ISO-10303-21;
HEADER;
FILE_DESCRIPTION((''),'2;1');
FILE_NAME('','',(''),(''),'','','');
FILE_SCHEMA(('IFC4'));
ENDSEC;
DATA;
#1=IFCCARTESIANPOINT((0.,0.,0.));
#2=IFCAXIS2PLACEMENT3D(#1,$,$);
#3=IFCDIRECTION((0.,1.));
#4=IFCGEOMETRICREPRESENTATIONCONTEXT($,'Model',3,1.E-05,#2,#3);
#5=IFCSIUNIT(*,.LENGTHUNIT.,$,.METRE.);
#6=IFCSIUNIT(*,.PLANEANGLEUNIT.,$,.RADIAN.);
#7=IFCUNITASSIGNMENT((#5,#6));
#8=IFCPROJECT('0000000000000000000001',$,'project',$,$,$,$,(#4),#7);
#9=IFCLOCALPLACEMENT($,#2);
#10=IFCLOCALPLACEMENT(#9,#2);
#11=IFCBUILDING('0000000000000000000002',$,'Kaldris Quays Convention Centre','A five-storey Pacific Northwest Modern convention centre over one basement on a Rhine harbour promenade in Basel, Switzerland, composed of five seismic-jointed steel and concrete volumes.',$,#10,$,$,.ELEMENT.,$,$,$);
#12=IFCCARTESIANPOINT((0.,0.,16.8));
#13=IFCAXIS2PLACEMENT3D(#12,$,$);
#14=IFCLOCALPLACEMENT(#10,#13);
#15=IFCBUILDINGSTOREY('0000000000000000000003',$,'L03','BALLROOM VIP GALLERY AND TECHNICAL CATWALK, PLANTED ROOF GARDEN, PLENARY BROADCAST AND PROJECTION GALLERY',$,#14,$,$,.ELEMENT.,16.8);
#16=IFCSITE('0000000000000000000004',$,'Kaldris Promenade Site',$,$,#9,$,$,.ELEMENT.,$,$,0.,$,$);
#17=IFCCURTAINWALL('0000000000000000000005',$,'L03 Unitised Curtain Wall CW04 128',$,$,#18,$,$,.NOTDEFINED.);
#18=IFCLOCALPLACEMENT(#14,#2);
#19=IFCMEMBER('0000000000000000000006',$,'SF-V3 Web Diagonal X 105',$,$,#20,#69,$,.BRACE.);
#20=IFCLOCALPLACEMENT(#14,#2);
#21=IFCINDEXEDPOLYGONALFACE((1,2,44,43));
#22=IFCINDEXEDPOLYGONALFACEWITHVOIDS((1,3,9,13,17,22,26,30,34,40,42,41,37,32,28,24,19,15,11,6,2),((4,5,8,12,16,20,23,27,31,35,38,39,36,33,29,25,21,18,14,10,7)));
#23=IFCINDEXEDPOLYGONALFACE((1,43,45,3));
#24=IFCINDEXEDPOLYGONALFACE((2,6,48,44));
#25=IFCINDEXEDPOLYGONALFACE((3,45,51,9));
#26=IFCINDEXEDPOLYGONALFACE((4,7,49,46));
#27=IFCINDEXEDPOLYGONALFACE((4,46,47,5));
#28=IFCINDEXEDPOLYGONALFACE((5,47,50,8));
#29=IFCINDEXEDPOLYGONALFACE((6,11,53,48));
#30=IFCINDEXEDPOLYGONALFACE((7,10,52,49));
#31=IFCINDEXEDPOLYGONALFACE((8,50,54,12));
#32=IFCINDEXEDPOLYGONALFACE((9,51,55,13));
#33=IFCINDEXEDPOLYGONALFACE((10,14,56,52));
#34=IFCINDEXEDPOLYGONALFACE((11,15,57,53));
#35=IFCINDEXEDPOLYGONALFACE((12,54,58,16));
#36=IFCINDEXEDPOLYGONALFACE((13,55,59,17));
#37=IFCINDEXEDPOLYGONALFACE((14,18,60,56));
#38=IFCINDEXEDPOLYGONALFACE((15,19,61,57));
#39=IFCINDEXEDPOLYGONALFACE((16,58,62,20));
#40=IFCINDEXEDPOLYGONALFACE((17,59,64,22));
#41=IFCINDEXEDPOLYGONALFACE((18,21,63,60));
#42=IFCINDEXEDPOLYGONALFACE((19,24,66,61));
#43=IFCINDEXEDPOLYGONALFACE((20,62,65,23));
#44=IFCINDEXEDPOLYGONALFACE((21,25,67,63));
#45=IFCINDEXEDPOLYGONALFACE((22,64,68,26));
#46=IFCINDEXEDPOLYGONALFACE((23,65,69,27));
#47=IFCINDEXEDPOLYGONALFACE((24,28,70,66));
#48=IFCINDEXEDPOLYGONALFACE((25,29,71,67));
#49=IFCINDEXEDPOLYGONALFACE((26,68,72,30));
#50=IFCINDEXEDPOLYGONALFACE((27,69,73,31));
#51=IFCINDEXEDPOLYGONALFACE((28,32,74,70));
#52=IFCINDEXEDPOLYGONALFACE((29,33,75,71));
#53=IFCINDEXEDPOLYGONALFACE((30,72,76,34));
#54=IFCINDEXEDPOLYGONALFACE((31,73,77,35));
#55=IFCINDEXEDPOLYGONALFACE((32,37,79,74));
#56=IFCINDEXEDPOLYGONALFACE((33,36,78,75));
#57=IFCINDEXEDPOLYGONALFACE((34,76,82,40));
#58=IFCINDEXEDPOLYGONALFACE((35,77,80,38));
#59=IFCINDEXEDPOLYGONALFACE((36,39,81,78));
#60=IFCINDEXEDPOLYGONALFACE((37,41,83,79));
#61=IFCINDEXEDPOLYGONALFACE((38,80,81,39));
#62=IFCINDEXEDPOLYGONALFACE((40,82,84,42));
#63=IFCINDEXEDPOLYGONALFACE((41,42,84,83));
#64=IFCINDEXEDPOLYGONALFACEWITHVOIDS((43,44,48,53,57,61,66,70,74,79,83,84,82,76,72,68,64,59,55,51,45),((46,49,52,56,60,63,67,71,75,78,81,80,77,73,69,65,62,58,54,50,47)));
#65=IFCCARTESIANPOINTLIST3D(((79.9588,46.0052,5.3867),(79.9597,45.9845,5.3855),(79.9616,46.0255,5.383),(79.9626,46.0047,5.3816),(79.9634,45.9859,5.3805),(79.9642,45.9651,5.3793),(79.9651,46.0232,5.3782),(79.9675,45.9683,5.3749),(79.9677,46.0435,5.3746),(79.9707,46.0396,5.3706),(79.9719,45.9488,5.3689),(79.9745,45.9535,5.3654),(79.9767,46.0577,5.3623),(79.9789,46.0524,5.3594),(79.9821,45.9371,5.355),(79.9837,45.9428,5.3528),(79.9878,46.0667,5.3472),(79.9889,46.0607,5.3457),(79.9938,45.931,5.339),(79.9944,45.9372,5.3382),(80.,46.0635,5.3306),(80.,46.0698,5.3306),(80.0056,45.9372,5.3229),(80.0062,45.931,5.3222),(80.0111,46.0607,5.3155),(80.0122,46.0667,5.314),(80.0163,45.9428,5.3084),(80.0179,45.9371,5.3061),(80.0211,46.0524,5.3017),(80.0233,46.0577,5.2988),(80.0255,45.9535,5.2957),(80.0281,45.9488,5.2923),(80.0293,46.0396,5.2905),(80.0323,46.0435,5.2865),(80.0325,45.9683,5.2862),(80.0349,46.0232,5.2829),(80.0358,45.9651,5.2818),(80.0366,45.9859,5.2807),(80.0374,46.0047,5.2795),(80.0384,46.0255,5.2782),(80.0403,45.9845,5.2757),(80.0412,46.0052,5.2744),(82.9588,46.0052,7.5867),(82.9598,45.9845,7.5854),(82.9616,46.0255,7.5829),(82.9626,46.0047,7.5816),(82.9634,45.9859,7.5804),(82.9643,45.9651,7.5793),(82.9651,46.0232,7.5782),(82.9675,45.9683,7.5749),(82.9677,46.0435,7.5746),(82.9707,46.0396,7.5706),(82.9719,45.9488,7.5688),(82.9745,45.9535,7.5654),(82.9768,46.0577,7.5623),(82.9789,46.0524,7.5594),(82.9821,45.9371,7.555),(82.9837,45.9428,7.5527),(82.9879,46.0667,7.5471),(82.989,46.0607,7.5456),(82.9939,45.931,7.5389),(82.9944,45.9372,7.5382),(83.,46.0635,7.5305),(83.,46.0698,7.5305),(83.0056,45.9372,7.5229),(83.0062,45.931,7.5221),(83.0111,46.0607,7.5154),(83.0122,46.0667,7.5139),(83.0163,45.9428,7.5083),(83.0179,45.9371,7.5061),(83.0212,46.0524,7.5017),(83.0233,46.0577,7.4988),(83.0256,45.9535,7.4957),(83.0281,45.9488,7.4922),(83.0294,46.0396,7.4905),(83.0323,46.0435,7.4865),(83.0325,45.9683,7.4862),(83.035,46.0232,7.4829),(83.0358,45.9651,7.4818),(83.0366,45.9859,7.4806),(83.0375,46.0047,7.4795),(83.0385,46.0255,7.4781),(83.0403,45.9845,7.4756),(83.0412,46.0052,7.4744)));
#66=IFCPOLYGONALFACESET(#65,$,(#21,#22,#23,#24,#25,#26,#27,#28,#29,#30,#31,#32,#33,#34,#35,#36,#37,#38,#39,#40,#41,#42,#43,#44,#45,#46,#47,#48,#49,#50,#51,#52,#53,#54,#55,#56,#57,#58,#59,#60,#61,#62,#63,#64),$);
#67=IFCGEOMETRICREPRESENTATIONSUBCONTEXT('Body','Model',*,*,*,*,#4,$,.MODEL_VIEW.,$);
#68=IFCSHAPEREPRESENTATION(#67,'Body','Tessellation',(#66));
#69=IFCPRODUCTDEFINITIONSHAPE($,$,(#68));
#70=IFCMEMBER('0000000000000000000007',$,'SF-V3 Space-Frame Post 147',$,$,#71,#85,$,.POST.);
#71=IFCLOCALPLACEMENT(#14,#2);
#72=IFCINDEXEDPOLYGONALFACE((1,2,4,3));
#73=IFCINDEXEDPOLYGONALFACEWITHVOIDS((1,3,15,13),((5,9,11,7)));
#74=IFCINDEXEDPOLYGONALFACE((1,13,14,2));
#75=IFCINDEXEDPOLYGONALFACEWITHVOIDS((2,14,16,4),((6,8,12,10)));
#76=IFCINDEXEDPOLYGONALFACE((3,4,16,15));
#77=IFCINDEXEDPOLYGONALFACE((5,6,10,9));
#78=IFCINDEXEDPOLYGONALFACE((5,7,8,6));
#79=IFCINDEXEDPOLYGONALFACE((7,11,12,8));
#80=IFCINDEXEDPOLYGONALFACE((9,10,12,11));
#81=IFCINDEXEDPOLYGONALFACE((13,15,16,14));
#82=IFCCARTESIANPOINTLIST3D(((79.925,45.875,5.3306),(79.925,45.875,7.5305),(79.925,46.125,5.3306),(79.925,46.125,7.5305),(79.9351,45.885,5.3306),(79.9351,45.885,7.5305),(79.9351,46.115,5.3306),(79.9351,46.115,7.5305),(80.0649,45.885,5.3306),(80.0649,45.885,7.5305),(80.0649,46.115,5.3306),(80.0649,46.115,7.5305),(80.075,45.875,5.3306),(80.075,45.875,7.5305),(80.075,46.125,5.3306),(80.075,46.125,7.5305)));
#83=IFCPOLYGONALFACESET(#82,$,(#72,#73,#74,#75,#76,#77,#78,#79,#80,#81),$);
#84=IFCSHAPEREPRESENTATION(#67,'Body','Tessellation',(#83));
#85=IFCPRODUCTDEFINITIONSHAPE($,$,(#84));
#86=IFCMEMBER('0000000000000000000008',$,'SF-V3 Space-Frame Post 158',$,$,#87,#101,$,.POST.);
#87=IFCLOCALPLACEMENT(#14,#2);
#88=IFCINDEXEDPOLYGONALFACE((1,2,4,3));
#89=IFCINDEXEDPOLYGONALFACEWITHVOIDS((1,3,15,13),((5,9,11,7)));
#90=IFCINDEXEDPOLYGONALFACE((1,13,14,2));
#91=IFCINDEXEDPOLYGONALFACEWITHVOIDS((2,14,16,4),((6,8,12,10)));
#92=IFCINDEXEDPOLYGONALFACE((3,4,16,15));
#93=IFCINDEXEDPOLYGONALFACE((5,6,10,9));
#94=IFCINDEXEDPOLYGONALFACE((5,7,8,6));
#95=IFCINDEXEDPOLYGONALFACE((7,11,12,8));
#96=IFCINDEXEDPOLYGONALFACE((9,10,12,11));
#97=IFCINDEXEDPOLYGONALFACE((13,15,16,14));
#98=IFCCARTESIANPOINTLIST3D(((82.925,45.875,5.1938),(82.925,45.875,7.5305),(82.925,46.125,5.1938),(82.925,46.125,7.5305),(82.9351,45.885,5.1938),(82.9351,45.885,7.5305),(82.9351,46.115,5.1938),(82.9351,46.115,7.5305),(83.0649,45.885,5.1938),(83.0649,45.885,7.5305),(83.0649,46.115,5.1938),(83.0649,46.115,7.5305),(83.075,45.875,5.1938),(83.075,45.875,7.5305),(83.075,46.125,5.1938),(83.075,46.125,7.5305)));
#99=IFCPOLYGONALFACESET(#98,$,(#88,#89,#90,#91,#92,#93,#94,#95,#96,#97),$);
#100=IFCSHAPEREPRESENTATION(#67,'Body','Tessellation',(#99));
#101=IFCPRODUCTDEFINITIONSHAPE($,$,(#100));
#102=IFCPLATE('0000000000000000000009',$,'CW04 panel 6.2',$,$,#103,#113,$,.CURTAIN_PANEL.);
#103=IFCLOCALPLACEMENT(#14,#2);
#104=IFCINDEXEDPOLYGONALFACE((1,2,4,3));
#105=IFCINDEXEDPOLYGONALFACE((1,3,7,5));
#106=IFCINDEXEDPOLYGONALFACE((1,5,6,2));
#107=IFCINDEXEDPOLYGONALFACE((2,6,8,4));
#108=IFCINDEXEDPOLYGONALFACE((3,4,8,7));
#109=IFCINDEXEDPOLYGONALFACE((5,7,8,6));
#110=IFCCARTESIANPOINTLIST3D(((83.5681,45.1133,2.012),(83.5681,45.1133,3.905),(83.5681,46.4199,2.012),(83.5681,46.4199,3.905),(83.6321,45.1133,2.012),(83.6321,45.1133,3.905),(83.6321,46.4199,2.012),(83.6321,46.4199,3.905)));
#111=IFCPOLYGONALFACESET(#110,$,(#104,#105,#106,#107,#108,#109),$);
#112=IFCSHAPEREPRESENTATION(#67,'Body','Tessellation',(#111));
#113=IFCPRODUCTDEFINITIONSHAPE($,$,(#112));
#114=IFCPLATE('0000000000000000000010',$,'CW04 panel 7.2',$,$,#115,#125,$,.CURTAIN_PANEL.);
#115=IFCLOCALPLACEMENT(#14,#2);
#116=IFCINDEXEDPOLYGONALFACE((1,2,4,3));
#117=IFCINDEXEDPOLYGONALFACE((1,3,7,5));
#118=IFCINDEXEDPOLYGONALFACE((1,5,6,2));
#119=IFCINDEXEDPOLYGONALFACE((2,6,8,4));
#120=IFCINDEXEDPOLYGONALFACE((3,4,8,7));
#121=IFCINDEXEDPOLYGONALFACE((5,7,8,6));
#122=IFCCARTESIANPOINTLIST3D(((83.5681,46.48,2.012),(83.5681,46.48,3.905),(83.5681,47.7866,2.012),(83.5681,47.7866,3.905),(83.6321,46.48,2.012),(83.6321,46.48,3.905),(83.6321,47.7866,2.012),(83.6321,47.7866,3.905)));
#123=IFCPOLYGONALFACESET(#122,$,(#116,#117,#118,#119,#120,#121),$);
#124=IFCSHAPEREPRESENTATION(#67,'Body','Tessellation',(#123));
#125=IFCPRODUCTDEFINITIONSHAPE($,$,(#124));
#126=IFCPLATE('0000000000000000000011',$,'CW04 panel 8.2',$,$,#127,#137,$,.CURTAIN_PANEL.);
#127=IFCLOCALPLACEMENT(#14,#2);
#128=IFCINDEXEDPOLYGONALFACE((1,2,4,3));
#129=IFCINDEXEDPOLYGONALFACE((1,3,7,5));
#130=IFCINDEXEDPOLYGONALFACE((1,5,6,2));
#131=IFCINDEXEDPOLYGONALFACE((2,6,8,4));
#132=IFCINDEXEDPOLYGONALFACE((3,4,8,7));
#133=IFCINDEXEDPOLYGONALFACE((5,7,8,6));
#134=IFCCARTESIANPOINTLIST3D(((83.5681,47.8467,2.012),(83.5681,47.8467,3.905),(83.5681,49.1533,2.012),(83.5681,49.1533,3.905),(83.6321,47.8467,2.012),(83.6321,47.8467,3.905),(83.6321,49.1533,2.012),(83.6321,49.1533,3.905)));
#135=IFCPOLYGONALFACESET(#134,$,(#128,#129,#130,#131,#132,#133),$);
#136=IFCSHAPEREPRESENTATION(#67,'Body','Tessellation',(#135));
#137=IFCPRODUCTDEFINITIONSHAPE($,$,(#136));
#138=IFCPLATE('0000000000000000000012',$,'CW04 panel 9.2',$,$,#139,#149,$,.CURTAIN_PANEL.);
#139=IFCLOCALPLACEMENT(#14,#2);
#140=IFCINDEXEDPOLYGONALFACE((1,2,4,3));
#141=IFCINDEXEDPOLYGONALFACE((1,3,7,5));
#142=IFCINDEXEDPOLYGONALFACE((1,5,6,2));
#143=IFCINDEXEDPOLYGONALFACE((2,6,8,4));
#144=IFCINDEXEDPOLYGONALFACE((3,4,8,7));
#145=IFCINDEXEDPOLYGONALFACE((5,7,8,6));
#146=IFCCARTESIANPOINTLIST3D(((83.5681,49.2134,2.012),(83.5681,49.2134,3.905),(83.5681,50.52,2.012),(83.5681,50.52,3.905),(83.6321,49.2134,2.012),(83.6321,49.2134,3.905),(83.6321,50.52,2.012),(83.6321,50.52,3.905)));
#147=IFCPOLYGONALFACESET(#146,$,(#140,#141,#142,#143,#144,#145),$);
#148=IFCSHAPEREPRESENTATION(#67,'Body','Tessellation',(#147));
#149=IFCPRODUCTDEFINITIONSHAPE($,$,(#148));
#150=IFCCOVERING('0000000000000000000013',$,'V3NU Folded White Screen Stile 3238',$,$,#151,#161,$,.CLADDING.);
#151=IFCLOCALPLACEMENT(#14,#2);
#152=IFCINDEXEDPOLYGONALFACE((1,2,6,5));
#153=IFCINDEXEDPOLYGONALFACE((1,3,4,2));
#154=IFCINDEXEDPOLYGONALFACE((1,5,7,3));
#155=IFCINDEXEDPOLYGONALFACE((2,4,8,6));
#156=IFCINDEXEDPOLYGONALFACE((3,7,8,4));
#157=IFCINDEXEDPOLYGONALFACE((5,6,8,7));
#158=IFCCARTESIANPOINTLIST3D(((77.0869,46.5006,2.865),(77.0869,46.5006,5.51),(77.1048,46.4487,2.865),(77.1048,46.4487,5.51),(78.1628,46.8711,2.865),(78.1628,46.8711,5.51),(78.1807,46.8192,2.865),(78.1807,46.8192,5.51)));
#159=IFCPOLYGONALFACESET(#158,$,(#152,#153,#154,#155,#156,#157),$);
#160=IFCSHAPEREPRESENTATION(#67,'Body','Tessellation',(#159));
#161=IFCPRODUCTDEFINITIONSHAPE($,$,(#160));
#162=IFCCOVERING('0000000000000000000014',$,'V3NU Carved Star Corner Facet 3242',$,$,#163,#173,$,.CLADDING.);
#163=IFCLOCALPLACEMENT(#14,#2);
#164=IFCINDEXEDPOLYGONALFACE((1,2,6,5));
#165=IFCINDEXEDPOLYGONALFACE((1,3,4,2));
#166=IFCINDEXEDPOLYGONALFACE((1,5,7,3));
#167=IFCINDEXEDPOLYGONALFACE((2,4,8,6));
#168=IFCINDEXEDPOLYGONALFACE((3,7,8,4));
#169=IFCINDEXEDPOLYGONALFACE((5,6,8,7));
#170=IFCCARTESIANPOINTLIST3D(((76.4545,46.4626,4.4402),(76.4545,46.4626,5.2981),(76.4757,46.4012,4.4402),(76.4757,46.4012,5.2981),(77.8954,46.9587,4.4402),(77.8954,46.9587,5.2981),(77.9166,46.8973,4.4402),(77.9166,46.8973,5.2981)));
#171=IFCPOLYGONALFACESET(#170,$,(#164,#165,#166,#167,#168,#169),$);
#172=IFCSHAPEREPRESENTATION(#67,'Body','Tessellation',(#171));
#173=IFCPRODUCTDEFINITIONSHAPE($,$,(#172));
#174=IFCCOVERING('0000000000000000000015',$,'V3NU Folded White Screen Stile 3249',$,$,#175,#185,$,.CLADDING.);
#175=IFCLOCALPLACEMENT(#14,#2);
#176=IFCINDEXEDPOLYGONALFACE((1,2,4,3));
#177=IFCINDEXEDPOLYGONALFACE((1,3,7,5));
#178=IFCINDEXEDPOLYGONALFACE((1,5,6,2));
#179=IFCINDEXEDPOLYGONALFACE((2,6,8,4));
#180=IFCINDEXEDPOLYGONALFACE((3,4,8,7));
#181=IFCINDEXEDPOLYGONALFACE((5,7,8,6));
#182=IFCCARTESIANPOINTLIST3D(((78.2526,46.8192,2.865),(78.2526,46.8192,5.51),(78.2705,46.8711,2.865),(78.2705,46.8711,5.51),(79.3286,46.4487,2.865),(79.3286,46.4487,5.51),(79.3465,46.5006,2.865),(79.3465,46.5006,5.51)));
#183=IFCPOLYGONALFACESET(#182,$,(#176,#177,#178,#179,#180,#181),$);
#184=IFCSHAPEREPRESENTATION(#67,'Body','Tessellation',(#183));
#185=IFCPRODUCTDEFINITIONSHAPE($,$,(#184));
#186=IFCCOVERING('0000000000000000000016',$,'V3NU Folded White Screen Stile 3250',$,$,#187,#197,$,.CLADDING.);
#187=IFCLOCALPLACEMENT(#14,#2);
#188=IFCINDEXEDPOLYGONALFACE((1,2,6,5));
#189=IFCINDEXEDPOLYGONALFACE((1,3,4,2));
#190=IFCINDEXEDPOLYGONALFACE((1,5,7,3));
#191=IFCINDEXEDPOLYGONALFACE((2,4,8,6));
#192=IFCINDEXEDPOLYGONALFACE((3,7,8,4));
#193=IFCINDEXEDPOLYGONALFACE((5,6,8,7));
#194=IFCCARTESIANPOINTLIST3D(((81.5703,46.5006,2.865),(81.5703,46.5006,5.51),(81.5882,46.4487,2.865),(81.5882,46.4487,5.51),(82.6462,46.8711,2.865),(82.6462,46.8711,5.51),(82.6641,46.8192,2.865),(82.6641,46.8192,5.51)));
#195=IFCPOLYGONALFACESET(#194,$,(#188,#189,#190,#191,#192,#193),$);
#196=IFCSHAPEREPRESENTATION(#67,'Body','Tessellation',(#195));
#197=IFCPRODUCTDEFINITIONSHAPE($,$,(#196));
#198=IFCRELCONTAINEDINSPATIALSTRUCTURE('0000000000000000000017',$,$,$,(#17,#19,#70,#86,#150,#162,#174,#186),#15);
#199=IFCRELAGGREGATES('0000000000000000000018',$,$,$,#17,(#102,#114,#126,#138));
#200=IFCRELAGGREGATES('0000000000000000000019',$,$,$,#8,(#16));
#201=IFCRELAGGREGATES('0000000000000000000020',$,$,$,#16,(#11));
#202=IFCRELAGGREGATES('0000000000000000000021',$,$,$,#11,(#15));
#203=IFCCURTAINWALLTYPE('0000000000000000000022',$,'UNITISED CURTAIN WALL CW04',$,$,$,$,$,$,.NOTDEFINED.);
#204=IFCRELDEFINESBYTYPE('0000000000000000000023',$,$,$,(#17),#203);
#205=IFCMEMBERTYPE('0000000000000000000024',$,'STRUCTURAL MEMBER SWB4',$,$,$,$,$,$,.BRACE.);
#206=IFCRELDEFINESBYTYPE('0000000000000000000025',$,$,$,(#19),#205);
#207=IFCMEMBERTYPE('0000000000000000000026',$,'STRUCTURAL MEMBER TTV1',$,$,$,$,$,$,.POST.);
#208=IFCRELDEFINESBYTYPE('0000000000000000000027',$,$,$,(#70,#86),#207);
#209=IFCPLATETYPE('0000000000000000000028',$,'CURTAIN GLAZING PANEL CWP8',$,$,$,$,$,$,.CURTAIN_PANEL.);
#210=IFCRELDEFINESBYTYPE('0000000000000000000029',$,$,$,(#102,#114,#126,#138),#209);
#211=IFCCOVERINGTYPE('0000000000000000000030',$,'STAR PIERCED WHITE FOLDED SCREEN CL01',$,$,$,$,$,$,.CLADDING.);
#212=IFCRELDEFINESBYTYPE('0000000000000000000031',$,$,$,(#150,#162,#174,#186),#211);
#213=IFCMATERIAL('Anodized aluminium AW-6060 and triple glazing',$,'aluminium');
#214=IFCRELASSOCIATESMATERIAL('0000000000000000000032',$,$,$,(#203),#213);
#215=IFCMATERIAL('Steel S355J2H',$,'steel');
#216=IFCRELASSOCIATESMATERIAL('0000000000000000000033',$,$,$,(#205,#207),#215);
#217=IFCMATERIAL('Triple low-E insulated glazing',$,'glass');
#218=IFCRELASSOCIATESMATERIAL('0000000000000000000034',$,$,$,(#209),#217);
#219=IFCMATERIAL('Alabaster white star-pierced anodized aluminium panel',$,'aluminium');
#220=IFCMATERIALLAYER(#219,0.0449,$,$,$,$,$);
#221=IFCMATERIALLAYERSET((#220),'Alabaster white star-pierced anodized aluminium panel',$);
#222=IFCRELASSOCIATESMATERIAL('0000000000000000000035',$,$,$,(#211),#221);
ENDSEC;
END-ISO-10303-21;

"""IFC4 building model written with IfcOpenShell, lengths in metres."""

from ifc_helpers import new_model, si_unit, direction, frame, origin, origin_2d, place, context, subcontext, project, spatial, rectangle, hollow_rectangle, hollow_circle, extrude, material, layer, layer_set, material_profile, profile_set, type_object, element, aggregate, save


model = new_model("IFC4")

# Units and contexts
model_context = context("Model", 3, precision=1e-05, world=origin(), true_north=direction((0.0, 1.0)))
body_context = subcontext(model_context, "Body", "Model", "MODEL_VIEW")
ifc_project = project(units=[si_unit("LENGTHUNIT", "METRE"), si_unit("PLANEANGLEUNIT", "RADIAN")], contexts=[model_context])

# Site, building, storey
site_placement = place(None, origin())
site = spatial("IfcSite", under=ifc_project, at=site_placement, Name="Kaldris Promenade Site", CompositionType="ELEMENT", RefElevation=0.0)
building_placement = place(site_placement, origin())
building = spatial("IfcBuilding", under=site, at=building_placement, Name="Kaldris Quays Convention Centre", Description="A five-storey Pacific Northwest Modern convention centre over one basement on a Rhine harbour promenade in Basel, Switzerland, composed of five seismic-jointed steel and concrete volumes.", CompositionType="ELEMENT")
storey_placement = place(building_placement, frame((0.0, 0.0, 16.8)))
storey = spatial("IfcBuildingStorey", under=building, at=storey_placement, Name="L03", Description="BALLROOM VIP GALLERY AND TECHNICAL CATWALK, PLANTED ROOF GARDEN, PLENARY BROADCAST AND PROJECTION GALLERY", CompositionType="ELEMENT", Elevation=16.8)

# Curtain wall
ifc_material_1 = material(Name="Anodized aluminium AW-6060 and triple glazing", Category="aluminium")
curtain_wall_type = type_object("IfcCurtainWallType", Name="UNITISED CURTAIN WALL CW04", PredefinedType="NOTDEFINED", material=ifc_material_1)
curtain_wall_placement = place(storey_placement, origin())
curtain_wall = element("IfcCurtainWall", 1, at=curtain_wall_placement, inside=storey, type_object=curtain_wall_type, Name="L03 Unitised Curtain Wall CW04 128", PredefinedType="NOTDEFINED")

# Members
ifc_material_2 = material(Name="Steel S355J2H", Category="steel")
ifc_material_profile_1 = material_profile(ifc_material_2, hollow_circle(Radius=0.0698, WallThickness=0.0063, at=origin_2d()), Name="CHS 139.7x6.3")
ifc_profile_set_1 = profile_set([ifc_material_profile_1], Name="Steel S355J2H")
member_type_1 = type_object("IfcMemberType", Name="STRUCTURAL MEMBER SWB4", PredefinedType="BRACE", material=ifc_profile_set_1)
member_1_placement = place(storey_placement, frame((80.0, 46.0, 5.3306), z_axis=(0.806411, 0.0, 0.591355), x_axis=(0.0, 1.0, 0.0)))
element("IfcMember", 2, at=member_1_placement, inside=storey, type_object=member_type_1, Name="SF-V3 Web Diagonal X 105", PredefinedType="BRACE", context=body_context, shape_type="SweptSolid", body=[
    extrude(hollow_circle(Radius=0.0698, WallThickness=0.0063, at=origin_2d()), origin(), (0.0, 0.0, 1.0), 3.7202),
])
ifc_material_profile_2 = material_profile(ifc_material_2, hollow_rectangle(XDim=0.1499, YDim=0.25, WallThickness=0.01, at=origin_2d()), Name="RHS 250x150x10")
ifc_profile_set_2 = profile_set([ifc_material_profile_2], Name="Steel S355J2H")
member_type_2 = type_object("IfcMemberType", Name="STRUCTURAL MEMBER TTV1", PredefinedType="POST", material=ifc_profile_set_2)
member_2_placement = place(storey_placement, frame((80.0, 46.0, 5.3306), z_axis=(0.0, 0.0, 1.0), x_axis=(1.0, 0.0, 0.0)))
element("IfcMember", 3, at=member_2_placement, inside=storey, type_object=member_type_2, Name="SF-V3 Space-Frame Post 147", PredefinedType="POST", context=body_context, shape_type="SweptSolid", body=[
    extrude(hollow_rectangle(XDim=0.1499, YDim=0.25, WallThickness=0.01, at=origin_2d()), origin(), (0.0, 0.0, 1.0), 2.2),
])
member_3_placement = place(storey_placement, frame((83.0, 46.0, 5.1938), z_axis=(0.0, 0.0, 1.0), x_axis=(1.0, 0.0, 0.0)))
element("IfcMember", 4, at=member_3_placement, inside=storey, type_object=member_type_2, Name="SF-V3 Space-Frame Post 158", PredefinedType="POST", context=body_context, shape_type="SweptSolid", body=[
    extrude(hollow_rectangle(XDim=0.1499, YDim=0.25, WallThickness=0.01, at=origin_2d()), origin(), (0.0, 0.0, 1.0), 2.3367),
])

# Plates
ifc_material_3 = material(Name="Triple low-E insulated glazing", Category="glass")
plate_type = type_object("IfcPlateType", Name="CURTAIN GLAZING PANEL CWP8", PredefinedType="CURTAIN_PANEL", material=ifc_material_3)
plate_1_placement = place(storey_placement, frame((83.6001, 45.7666, 2.012), z_axis=(0.0, 0.0, 1.0), x_axis=(0.0, 1.0, 0.0)))
plate_1 = element("IfcPlate", 5, at=plate_1_placement, type_object=plate_type, Name="CW04 panel 6.2", PredefinedType="CURTAIN_PANEL", context=body_context, shape_type="SweptSolid", body=[
    extrude(rectangle(XDim=1.3066, YDim=0.064, at=origin_2d()), origin(), (0.0, 0.0, 1.0), 1.8931),
])
plate_2_placement = place(storey_placement, frame((83.6001, 47.1333, 2.012), z_axis=(0.0, 0.0, 1.0), x_axis=(0.0, 1.0, 0.0)))
plate_2 = element("IfcPlate", 6, at=plate_2_placement, type_object=plate_type, Name="CW04 panel 7.2", PredefinedType="CURTAIN_PANEL", context=body_context, shape_type="SweptSolid", body=[
    extrude(rectangle(XDim=1.3066, YDim=0.064, at=origin_2d()), origin(), (0.0, 0.0, 1.0), 1.8931),
])
plate_3_placement = place(storey_placement, frame((83.6001, 48.5, 2.012), z_axis=(0.0, 0.0, 1.0), x_axis=(0.0, 1.0, 0.0)))
plate_3 = element("IfcPlate", 7, at=plate_3_placement, type_object=plate_type, Name="CW04 panel 8.2", PredefinedType="CURTAIN_PANEL", context=body_context, shape_type="SweptSolid", body=[
    extrude(rectangle(XDim=1.3066, YDim=0.064, at=origin_2d()), origin(), (0.0, 0.0, 1.0), 1.8931),
])
plate_4_placement = place(storey_placement, frame((83.6001, 49.8667, 2.012), z_axis=(0.0, 0.0, 1.0), x_axis=(0.0, 1.0, 0.0)))
plate_4 = element("IfcPlate", 8, at=plate_4_placement, type_object=plate_type, Name="CW04 panel 9.2", PredefinedType="CURTAIN_PANEL", context=body_context, shape_type="SweptSolid", body=[
    extrude(rectangle(XDim=1.3066, YDim=0.064, at=origin_2d()), origin(), (0.0, 0.0, 1.0), 1.8931),
])
aggregate(curtain_wall, [plate_1, plate_2, plate_3, plate_4])

# Coverings
ifc_material_4 = material(Name="Alabaster white star-pierced anodized aluminium panel", Category="aluminium")
ifc_layer = layer(ifc_material_4, 0.0449)
ifc_layer_set = layer_set([ifc_layer], Name="Alabaster white star-pierced anodized aluminium panel")
covering_type = type_object("IfcCoveringType", Name="STAR PIERCED WHITE FOLDED SCREEN CL01", PredefinedType="CLADDING", material=ifc_layer_set)
covering_1_placement = place(storey_placement, frame((77.6338, 46.6599, 2.865), z_axis=(0.0, 0.0, 1.0), x_axis=(0.945519, 0.325568, 0.0)))
element("IfcCovering", 9, at=covering_1_placement, inside=storey, type_object=covering_type, Name="V3NU Folded White Screen Stile 3238", PredefinedType="CLADDING", context=body_context, shape_type="SweptSolid", body=[
    extrude(rectangle(XDim=1.1379, YDim=0.0549, at=origin_2d()), origin(), (0.0, 0.0, 1.0), 2.645),
])
covering_2_placement = place(storey_placement, frame((77.1855, 46.6799, 4.4402), z_axis=(0.0, 0.0, 1.0), x_axis=(0.945519, 0.325568, 0.0)))
element("IfcCovering", 10, at=covering_2_placement, inside=storey, type_object=covering_type, Name="V3NU Carved Star Corner Facet 3242", PredefinedType="CLADDING", context=body_context, shape_type="SweptSolid", body=[
    extrude(rectangle(XDim=1.5239, YDim=0.0649, at=origin_2d()), origin(), (0.0, 0.0, 1.0), 0.8579),
])
for number, where, z_axis, x_axis, name in (
    (11, (78.7996, 46.6599, 2.865), (0.0, 0.0, 1.0), (0.945519, -0.325568, 0.0), "V3NU Folded White Screen Stile 3249"),
    (12, (82.1172, 46.6599, 2.865), (0.0, 0.0, 1.0), (0.945519, 0.325568, 0.0), "V3NU Folded White Screen Stile 3250"),
):
    element("IfcCovering", number, at=place(storey_placement, frame(where, z_axis=z_axis, x_axis=x_axis)), inside=storey, type_object=covering_type, Name=name, PredefinedType="CLADDING", context=body_context, shape_type="SweptSolid", body=[
        extrude(rectangle(XDim=1.1379, YDim=0.0549, at=origin_2d()), origin(), (0.0, 0.0, 1.0), 2.645),
    ])

save(model, "model.ifc")
